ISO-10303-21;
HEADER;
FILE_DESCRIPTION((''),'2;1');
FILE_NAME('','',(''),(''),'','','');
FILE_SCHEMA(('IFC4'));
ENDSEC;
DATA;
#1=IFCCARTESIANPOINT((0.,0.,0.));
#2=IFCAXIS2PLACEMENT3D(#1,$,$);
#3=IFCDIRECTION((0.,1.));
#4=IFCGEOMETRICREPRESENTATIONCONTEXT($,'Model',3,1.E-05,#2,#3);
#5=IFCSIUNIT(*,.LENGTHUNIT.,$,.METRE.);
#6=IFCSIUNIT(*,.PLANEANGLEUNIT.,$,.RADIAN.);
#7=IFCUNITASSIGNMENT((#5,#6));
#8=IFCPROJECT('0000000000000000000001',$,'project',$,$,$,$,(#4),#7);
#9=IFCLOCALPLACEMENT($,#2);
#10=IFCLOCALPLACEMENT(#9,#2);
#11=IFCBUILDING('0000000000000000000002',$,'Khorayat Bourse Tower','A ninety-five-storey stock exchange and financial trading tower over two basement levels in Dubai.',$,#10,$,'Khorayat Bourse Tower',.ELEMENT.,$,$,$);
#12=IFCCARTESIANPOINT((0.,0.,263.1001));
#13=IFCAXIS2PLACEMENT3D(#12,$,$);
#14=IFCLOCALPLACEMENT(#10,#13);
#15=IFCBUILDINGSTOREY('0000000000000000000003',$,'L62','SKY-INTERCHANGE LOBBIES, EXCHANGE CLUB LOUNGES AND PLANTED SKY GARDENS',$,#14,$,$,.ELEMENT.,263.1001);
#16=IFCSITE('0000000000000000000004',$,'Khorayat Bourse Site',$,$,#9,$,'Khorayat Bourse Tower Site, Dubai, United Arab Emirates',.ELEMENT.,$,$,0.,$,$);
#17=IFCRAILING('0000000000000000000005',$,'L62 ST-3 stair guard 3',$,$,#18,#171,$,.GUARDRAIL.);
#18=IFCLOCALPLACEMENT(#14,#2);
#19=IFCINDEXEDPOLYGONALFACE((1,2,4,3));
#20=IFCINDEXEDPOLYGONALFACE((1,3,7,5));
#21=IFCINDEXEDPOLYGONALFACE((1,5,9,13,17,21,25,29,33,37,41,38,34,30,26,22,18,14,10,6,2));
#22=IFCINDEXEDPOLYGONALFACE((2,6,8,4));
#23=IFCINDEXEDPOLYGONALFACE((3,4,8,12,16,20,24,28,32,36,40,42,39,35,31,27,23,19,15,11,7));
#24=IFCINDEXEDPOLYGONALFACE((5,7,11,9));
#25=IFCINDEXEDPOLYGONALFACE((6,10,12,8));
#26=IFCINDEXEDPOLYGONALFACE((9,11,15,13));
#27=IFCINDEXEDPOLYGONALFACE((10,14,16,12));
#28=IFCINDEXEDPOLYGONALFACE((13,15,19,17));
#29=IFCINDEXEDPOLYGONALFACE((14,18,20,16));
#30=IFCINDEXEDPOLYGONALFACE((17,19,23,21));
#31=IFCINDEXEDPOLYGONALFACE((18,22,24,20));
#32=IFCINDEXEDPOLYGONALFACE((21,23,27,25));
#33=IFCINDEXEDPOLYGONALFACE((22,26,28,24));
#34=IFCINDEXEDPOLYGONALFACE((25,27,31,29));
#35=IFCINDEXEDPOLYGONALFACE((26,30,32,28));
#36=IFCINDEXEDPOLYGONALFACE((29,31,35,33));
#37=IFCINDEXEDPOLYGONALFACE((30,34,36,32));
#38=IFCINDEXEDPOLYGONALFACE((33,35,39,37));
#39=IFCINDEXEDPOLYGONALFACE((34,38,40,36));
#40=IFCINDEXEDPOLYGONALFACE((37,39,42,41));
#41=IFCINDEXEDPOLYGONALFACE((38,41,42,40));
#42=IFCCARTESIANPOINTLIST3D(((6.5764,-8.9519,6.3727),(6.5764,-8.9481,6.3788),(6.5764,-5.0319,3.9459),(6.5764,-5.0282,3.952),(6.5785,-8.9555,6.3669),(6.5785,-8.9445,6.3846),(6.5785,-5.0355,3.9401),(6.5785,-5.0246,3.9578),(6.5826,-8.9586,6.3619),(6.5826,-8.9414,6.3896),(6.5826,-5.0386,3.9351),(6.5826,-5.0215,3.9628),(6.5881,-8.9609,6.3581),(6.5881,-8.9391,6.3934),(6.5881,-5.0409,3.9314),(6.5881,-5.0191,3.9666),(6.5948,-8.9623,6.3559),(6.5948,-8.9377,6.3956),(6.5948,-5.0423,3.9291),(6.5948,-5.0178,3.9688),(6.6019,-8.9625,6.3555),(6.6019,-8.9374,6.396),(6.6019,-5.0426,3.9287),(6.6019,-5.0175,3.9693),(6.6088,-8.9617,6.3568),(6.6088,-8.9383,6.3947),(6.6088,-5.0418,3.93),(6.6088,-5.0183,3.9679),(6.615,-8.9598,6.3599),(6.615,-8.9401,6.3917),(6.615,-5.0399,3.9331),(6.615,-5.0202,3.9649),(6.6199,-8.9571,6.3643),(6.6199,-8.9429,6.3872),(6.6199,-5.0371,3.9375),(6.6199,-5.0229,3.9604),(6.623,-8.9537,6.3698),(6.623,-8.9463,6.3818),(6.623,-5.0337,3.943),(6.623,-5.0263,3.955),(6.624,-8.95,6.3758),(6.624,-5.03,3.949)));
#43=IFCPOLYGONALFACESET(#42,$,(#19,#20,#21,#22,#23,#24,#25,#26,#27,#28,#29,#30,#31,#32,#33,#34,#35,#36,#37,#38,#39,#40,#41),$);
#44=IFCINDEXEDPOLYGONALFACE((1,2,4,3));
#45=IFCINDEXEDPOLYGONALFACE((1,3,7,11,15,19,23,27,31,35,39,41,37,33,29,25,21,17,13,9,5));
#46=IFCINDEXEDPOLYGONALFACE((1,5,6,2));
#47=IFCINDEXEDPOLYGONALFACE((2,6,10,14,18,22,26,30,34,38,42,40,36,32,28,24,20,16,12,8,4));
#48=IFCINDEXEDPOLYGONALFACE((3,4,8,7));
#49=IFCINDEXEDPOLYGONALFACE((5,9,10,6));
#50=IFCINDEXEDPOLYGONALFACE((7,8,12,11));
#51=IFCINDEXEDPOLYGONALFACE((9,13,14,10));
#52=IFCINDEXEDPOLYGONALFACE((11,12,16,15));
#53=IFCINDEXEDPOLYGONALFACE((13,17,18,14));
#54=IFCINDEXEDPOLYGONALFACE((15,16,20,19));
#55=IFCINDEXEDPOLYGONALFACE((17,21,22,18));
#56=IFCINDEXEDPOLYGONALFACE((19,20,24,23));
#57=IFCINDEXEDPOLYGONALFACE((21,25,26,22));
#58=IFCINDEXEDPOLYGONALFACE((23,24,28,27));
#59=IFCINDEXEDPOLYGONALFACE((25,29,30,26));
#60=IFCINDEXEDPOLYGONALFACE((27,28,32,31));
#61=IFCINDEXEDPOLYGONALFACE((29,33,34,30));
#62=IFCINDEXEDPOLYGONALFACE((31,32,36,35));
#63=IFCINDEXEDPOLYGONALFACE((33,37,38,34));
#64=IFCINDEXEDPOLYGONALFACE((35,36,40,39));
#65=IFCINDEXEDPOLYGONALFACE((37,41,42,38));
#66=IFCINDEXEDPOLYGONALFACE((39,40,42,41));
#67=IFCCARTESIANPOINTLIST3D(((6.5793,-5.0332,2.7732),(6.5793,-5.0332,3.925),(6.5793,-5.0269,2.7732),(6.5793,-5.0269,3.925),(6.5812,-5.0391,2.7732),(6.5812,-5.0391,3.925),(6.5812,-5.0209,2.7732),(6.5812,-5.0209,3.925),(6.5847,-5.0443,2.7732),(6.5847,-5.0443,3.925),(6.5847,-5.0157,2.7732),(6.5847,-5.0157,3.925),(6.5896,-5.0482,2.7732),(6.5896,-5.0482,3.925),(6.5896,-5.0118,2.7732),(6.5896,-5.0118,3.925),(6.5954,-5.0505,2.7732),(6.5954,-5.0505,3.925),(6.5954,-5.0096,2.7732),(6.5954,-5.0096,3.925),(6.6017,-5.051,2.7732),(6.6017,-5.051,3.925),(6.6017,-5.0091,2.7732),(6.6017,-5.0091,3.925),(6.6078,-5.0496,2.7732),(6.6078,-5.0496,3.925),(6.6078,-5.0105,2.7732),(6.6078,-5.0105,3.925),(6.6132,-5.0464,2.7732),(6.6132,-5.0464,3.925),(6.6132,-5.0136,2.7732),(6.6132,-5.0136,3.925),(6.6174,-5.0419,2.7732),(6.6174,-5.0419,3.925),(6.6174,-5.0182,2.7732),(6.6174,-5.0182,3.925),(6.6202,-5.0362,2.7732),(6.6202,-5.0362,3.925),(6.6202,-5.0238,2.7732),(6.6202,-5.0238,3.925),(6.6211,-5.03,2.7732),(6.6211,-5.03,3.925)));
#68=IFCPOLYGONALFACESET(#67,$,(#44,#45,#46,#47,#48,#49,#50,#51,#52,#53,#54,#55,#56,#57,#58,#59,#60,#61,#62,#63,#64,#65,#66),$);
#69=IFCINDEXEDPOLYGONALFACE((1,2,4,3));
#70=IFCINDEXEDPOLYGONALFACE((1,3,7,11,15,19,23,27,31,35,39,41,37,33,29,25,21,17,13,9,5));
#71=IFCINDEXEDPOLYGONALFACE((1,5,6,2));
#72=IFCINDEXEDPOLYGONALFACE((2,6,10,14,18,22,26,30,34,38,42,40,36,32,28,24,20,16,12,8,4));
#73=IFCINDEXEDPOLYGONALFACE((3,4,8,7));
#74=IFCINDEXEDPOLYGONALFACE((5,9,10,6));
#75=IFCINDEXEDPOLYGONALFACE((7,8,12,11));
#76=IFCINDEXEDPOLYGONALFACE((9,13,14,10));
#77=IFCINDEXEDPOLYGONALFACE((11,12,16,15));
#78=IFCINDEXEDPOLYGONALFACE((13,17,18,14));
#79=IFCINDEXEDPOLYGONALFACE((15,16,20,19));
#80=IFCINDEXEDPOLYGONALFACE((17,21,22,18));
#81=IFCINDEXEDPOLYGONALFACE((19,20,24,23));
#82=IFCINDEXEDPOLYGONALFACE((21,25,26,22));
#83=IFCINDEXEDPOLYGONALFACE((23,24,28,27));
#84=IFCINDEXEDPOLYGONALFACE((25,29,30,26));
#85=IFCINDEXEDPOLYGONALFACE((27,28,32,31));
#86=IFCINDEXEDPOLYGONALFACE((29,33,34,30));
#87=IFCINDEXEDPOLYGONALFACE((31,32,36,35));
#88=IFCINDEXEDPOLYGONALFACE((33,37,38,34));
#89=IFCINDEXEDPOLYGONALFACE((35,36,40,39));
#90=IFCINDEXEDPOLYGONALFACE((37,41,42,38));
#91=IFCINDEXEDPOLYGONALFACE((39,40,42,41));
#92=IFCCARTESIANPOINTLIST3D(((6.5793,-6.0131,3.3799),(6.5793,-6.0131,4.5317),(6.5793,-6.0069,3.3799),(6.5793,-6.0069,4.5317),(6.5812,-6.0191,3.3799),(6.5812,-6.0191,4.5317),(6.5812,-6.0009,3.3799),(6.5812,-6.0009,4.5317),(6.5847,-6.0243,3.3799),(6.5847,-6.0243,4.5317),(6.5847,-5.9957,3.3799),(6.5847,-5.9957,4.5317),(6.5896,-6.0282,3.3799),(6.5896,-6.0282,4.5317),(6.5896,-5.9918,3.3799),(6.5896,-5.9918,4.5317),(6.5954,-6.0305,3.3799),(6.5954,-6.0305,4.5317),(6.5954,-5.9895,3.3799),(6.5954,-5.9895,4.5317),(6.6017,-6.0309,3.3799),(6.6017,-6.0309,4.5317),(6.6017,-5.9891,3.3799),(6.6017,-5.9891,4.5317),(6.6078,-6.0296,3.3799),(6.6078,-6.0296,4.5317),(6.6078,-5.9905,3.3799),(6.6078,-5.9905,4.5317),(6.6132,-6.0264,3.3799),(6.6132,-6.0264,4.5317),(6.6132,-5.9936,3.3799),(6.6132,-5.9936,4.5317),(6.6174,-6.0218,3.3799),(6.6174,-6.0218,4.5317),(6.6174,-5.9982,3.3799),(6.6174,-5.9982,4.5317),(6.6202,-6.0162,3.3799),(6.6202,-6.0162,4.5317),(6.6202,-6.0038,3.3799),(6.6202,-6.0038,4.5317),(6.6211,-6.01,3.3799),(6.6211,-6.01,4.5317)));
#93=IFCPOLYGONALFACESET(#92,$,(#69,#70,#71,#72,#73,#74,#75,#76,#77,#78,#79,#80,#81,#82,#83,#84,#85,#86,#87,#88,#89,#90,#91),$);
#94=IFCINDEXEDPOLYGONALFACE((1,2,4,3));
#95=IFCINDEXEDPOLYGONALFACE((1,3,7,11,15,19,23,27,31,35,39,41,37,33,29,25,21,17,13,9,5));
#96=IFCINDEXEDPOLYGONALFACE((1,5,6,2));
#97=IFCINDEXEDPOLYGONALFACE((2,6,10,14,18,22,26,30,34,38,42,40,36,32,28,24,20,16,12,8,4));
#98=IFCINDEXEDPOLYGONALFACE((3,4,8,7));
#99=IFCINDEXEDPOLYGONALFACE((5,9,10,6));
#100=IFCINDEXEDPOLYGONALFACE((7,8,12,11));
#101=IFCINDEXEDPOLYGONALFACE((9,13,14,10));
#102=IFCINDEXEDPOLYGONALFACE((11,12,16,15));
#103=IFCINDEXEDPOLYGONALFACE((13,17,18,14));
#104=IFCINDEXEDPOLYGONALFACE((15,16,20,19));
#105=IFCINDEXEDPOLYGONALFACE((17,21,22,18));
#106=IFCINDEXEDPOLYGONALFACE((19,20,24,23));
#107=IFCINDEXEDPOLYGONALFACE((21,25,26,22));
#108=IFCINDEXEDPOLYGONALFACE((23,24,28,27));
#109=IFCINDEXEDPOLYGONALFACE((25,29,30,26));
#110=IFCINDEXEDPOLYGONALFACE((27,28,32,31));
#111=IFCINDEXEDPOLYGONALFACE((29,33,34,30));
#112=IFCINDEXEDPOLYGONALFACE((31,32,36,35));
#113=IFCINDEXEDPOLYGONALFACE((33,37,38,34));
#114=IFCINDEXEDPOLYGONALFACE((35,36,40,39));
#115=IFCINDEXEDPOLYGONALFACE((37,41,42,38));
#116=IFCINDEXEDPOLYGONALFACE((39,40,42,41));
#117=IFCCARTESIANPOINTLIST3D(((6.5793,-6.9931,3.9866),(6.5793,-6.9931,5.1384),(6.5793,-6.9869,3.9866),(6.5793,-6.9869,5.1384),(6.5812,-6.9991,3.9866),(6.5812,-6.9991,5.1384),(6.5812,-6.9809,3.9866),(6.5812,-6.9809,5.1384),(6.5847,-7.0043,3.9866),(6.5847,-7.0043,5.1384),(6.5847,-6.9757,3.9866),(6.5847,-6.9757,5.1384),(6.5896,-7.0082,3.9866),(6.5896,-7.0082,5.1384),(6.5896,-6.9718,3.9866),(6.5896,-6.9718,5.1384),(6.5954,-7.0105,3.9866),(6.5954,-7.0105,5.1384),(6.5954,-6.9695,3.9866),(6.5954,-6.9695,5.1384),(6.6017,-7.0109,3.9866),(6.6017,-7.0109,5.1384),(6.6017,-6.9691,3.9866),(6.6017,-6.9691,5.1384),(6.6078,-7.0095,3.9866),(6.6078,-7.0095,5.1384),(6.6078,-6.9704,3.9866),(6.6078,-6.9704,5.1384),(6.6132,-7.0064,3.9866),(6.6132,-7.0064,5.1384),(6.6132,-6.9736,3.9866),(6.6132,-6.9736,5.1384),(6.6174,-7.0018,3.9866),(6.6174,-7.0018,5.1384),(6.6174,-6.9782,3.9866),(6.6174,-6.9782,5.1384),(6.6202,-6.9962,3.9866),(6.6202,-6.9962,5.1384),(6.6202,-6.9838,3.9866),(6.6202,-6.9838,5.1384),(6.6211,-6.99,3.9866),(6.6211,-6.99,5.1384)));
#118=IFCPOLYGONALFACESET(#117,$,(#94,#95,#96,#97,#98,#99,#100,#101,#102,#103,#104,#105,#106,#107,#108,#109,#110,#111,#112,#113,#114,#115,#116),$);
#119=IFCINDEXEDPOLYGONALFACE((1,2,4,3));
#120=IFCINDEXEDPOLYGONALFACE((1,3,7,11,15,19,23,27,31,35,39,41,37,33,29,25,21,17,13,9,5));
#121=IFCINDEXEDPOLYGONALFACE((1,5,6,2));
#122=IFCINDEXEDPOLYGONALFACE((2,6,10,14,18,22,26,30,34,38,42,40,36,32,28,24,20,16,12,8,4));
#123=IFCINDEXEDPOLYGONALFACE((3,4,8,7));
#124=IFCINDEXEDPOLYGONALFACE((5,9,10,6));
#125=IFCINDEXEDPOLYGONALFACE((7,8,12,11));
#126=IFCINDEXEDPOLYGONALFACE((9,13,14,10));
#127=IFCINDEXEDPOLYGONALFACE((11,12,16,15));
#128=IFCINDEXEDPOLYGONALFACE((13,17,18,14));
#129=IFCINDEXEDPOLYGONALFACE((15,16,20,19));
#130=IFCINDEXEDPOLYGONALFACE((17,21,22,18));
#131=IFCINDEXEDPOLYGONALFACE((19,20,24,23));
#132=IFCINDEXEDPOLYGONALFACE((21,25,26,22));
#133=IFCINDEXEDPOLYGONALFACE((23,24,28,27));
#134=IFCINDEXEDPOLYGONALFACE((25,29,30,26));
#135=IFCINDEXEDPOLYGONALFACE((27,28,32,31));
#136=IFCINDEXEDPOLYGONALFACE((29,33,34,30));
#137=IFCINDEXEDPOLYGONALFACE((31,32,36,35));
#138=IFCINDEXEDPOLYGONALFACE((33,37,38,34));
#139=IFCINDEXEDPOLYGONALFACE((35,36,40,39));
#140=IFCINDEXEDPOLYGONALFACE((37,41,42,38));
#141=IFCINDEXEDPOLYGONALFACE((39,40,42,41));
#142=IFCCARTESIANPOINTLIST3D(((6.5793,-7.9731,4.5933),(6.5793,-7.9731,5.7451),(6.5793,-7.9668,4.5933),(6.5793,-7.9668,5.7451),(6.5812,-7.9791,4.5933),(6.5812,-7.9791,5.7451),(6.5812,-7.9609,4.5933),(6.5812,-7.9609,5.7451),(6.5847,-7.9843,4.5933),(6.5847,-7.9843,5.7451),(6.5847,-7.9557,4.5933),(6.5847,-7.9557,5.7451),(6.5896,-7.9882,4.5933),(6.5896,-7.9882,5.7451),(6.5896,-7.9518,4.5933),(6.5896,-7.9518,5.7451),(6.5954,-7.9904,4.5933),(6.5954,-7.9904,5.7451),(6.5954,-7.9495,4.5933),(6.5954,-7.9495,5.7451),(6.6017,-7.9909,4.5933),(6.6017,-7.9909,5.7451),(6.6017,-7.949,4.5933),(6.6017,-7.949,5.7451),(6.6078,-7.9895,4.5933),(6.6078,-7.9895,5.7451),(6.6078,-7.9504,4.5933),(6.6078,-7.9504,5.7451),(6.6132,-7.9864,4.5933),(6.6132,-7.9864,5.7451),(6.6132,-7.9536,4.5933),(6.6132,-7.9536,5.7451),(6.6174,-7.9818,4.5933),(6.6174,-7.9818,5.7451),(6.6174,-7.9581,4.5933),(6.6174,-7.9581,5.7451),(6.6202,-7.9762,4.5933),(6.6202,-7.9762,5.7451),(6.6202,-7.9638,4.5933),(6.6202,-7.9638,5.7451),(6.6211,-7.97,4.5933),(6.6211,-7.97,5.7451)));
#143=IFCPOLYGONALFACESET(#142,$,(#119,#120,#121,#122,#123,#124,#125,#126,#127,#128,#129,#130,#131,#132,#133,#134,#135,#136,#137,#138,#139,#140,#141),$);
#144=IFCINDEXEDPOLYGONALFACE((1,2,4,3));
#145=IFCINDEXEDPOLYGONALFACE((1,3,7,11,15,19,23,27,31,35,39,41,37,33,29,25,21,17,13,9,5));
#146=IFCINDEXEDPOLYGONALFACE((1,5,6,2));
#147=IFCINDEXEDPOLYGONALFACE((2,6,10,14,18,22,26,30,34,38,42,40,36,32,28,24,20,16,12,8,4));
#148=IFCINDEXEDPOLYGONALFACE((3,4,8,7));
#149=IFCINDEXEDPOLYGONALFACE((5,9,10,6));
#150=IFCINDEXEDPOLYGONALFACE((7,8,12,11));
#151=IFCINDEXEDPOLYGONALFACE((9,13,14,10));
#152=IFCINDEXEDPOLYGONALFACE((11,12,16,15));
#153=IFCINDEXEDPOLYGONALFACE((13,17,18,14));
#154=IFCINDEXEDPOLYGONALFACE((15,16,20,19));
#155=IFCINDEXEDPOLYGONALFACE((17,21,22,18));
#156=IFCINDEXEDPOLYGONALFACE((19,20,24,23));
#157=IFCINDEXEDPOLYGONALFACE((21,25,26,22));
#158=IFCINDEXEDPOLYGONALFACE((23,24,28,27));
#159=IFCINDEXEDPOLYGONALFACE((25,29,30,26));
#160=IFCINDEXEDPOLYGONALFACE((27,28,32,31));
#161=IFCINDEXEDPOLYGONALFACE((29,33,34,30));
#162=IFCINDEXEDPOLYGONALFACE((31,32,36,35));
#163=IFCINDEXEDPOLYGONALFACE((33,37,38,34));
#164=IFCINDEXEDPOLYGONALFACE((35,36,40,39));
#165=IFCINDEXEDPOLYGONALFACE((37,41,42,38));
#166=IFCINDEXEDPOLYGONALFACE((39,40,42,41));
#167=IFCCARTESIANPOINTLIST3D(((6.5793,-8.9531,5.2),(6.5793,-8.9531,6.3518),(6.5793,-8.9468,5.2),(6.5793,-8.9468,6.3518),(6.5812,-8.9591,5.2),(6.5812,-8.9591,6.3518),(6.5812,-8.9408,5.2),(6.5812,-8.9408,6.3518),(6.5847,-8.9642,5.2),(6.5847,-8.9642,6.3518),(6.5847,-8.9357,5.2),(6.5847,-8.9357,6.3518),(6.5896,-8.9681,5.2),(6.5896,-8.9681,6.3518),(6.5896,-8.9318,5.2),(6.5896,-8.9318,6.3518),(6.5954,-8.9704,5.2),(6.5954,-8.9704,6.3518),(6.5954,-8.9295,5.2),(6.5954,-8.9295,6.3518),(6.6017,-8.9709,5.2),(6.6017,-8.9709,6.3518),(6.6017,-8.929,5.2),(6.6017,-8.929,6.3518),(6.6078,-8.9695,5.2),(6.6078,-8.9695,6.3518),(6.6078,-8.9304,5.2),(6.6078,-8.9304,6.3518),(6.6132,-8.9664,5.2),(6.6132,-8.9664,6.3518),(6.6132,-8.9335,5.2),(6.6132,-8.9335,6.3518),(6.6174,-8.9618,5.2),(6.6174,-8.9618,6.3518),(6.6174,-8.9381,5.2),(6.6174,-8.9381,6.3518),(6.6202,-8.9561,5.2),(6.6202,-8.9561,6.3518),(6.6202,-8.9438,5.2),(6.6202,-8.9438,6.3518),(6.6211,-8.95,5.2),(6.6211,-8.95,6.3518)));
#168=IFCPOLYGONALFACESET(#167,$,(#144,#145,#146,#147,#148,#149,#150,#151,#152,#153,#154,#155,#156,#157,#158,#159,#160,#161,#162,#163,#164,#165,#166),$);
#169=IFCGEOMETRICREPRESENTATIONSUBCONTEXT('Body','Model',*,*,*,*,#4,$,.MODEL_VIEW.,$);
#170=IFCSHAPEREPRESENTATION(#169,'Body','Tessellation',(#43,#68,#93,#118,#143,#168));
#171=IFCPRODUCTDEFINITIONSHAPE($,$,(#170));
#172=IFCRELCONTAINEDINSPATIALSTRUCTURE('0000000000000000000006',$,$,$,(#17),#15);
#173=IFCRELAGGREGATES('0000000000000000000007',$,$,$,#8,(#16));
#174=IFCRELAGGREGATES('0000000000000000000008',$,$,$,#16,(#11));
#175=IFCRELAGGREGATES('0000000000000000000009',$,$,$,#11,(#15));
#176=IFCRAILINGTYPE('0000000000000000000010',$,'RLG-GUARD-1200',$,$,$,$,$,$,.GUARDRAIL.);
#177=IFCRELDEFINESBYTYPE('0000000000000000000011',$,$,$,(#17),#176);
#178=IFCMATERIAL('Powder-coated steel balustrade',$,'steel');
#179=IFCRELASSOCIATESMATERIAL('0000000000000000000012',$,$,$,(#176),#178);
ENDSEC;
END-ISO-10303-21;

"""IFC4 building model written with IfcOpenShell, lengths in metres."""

from ifc_helpers import new_model, si_unit, direction, frame, origin, origin_2d, place, context, subcontext, project, spatial, circle, extrude, source, transform, mapped, material, type_object, element, save


model = new_model("IFC4")

# Units and contexts
model_context = context("Model", 3, precision=1e-05, world=origin(), true_north=direction((0.0, 1.0)))
body_context = subcontext(model_context, "Body", "Model", "MODEL_VIEW")
ifc_project = project(units=[si_unit("LENGTHUNIT", "METRE"), si_unit("PLANEANGLEUNIT", "RADIAN")], contexts=[model_context])

# Site, building, storey
site_placement = place(None, origin())
site = spatial("IfcSite", under=ifc_project, at=site_placement, Name="Khorayat Bourse Site", LongName="Khorayat Bourse Tower Site, Dubai, United Arab Emirates", CompositionType="ELEMENT", RefElevation=0.0)
building_placement = place(site_placement, origin())
building = spatial("IfcBuilding", under=site, at=building_placement, Name="Khorayat Bourse Tower", Description="A ninety-five-storey stock exchange and financial trading tower over two basement levels in Dubai.", LongName="Khorayat Bourse Tower", CompositionType="ELEMENT")
storey_placement = place(building_placement, frame((0.0, 0.0, 263.1001)))
storey = spatial("IfcBuildingStorey", under=building, at=storey_placement, Name="L62", Description="SKY-INTERCHANGE LOBBIES, EXCHANGE CLUB LOUNGES AND PLANTED SKY GARDENS", CompositionType="ELEMENT", Elevation=263.1001)

# Railing
ifc_material_1 = material(Name="Powder-coated steel balustrade", Category="steel")
railing_type_1 = type_object("IfcRailingType", Name="RLG-GUARD-1200", PredefinedType="GUARDRAIL", material=ifc_material_1)
shared_shape_1 = source(origin(), body_context, "Body", "SweptSolid", [
    extrude(circle(Radius=0.0239, at=origin_2d()), frame((0.0, 0.0, 1.1758), z_axis=(0.0, -0.850252, 0.526376), x_axis=(1.0, 0.0, 0.0)), (0.0, 0.0, 1.0), 4.6104),
    extrude(circle(Radius=0.021, at=origin_2d()), origin(), (0.0, 0.0, 1.0), 1.1519),
    extrude(circle(Radius=0.021, at=origin_2d()), frame((0.0, -0.98, 0.6067)), (0.0, 0.0, 1.0), 1.1519),
    extrude(circle(Radius=0.021, at=origin_2d()), frame((0.0, -1.96, 1.2134)), (0.0, 0.0, 1.0), 1.1519),
    extrude(circle(Radius=0.021, at=origin_2d()), frame((0.0, -2.9399, 1.8201)), (0.0, 0.0, 1.0), 1.1519),
    extrude(circle(Radius=0.021, at=origin_2d()), frame((0.0, -3.9199, 2.4268)), (0.0, 0.0, 1.0), 1.1519),
])
railing_1_placement = place(storey_placement, frame((6.6001, -5.03, 2.7732)))
element("IfcRailing", 1, at=railing_1_placement, inside=storey, type_object=railing_type_1, Name="L62 ST-3 stair guard 3", PredefinedType="GUARDRAIL", context=body_context, shape_type="MappedRepresentation", body=[
    mapped(shared_shape_1, transform((0.0, 0.0, 0.0), scale=1.0)),
])

save(model, "model.ifc")
